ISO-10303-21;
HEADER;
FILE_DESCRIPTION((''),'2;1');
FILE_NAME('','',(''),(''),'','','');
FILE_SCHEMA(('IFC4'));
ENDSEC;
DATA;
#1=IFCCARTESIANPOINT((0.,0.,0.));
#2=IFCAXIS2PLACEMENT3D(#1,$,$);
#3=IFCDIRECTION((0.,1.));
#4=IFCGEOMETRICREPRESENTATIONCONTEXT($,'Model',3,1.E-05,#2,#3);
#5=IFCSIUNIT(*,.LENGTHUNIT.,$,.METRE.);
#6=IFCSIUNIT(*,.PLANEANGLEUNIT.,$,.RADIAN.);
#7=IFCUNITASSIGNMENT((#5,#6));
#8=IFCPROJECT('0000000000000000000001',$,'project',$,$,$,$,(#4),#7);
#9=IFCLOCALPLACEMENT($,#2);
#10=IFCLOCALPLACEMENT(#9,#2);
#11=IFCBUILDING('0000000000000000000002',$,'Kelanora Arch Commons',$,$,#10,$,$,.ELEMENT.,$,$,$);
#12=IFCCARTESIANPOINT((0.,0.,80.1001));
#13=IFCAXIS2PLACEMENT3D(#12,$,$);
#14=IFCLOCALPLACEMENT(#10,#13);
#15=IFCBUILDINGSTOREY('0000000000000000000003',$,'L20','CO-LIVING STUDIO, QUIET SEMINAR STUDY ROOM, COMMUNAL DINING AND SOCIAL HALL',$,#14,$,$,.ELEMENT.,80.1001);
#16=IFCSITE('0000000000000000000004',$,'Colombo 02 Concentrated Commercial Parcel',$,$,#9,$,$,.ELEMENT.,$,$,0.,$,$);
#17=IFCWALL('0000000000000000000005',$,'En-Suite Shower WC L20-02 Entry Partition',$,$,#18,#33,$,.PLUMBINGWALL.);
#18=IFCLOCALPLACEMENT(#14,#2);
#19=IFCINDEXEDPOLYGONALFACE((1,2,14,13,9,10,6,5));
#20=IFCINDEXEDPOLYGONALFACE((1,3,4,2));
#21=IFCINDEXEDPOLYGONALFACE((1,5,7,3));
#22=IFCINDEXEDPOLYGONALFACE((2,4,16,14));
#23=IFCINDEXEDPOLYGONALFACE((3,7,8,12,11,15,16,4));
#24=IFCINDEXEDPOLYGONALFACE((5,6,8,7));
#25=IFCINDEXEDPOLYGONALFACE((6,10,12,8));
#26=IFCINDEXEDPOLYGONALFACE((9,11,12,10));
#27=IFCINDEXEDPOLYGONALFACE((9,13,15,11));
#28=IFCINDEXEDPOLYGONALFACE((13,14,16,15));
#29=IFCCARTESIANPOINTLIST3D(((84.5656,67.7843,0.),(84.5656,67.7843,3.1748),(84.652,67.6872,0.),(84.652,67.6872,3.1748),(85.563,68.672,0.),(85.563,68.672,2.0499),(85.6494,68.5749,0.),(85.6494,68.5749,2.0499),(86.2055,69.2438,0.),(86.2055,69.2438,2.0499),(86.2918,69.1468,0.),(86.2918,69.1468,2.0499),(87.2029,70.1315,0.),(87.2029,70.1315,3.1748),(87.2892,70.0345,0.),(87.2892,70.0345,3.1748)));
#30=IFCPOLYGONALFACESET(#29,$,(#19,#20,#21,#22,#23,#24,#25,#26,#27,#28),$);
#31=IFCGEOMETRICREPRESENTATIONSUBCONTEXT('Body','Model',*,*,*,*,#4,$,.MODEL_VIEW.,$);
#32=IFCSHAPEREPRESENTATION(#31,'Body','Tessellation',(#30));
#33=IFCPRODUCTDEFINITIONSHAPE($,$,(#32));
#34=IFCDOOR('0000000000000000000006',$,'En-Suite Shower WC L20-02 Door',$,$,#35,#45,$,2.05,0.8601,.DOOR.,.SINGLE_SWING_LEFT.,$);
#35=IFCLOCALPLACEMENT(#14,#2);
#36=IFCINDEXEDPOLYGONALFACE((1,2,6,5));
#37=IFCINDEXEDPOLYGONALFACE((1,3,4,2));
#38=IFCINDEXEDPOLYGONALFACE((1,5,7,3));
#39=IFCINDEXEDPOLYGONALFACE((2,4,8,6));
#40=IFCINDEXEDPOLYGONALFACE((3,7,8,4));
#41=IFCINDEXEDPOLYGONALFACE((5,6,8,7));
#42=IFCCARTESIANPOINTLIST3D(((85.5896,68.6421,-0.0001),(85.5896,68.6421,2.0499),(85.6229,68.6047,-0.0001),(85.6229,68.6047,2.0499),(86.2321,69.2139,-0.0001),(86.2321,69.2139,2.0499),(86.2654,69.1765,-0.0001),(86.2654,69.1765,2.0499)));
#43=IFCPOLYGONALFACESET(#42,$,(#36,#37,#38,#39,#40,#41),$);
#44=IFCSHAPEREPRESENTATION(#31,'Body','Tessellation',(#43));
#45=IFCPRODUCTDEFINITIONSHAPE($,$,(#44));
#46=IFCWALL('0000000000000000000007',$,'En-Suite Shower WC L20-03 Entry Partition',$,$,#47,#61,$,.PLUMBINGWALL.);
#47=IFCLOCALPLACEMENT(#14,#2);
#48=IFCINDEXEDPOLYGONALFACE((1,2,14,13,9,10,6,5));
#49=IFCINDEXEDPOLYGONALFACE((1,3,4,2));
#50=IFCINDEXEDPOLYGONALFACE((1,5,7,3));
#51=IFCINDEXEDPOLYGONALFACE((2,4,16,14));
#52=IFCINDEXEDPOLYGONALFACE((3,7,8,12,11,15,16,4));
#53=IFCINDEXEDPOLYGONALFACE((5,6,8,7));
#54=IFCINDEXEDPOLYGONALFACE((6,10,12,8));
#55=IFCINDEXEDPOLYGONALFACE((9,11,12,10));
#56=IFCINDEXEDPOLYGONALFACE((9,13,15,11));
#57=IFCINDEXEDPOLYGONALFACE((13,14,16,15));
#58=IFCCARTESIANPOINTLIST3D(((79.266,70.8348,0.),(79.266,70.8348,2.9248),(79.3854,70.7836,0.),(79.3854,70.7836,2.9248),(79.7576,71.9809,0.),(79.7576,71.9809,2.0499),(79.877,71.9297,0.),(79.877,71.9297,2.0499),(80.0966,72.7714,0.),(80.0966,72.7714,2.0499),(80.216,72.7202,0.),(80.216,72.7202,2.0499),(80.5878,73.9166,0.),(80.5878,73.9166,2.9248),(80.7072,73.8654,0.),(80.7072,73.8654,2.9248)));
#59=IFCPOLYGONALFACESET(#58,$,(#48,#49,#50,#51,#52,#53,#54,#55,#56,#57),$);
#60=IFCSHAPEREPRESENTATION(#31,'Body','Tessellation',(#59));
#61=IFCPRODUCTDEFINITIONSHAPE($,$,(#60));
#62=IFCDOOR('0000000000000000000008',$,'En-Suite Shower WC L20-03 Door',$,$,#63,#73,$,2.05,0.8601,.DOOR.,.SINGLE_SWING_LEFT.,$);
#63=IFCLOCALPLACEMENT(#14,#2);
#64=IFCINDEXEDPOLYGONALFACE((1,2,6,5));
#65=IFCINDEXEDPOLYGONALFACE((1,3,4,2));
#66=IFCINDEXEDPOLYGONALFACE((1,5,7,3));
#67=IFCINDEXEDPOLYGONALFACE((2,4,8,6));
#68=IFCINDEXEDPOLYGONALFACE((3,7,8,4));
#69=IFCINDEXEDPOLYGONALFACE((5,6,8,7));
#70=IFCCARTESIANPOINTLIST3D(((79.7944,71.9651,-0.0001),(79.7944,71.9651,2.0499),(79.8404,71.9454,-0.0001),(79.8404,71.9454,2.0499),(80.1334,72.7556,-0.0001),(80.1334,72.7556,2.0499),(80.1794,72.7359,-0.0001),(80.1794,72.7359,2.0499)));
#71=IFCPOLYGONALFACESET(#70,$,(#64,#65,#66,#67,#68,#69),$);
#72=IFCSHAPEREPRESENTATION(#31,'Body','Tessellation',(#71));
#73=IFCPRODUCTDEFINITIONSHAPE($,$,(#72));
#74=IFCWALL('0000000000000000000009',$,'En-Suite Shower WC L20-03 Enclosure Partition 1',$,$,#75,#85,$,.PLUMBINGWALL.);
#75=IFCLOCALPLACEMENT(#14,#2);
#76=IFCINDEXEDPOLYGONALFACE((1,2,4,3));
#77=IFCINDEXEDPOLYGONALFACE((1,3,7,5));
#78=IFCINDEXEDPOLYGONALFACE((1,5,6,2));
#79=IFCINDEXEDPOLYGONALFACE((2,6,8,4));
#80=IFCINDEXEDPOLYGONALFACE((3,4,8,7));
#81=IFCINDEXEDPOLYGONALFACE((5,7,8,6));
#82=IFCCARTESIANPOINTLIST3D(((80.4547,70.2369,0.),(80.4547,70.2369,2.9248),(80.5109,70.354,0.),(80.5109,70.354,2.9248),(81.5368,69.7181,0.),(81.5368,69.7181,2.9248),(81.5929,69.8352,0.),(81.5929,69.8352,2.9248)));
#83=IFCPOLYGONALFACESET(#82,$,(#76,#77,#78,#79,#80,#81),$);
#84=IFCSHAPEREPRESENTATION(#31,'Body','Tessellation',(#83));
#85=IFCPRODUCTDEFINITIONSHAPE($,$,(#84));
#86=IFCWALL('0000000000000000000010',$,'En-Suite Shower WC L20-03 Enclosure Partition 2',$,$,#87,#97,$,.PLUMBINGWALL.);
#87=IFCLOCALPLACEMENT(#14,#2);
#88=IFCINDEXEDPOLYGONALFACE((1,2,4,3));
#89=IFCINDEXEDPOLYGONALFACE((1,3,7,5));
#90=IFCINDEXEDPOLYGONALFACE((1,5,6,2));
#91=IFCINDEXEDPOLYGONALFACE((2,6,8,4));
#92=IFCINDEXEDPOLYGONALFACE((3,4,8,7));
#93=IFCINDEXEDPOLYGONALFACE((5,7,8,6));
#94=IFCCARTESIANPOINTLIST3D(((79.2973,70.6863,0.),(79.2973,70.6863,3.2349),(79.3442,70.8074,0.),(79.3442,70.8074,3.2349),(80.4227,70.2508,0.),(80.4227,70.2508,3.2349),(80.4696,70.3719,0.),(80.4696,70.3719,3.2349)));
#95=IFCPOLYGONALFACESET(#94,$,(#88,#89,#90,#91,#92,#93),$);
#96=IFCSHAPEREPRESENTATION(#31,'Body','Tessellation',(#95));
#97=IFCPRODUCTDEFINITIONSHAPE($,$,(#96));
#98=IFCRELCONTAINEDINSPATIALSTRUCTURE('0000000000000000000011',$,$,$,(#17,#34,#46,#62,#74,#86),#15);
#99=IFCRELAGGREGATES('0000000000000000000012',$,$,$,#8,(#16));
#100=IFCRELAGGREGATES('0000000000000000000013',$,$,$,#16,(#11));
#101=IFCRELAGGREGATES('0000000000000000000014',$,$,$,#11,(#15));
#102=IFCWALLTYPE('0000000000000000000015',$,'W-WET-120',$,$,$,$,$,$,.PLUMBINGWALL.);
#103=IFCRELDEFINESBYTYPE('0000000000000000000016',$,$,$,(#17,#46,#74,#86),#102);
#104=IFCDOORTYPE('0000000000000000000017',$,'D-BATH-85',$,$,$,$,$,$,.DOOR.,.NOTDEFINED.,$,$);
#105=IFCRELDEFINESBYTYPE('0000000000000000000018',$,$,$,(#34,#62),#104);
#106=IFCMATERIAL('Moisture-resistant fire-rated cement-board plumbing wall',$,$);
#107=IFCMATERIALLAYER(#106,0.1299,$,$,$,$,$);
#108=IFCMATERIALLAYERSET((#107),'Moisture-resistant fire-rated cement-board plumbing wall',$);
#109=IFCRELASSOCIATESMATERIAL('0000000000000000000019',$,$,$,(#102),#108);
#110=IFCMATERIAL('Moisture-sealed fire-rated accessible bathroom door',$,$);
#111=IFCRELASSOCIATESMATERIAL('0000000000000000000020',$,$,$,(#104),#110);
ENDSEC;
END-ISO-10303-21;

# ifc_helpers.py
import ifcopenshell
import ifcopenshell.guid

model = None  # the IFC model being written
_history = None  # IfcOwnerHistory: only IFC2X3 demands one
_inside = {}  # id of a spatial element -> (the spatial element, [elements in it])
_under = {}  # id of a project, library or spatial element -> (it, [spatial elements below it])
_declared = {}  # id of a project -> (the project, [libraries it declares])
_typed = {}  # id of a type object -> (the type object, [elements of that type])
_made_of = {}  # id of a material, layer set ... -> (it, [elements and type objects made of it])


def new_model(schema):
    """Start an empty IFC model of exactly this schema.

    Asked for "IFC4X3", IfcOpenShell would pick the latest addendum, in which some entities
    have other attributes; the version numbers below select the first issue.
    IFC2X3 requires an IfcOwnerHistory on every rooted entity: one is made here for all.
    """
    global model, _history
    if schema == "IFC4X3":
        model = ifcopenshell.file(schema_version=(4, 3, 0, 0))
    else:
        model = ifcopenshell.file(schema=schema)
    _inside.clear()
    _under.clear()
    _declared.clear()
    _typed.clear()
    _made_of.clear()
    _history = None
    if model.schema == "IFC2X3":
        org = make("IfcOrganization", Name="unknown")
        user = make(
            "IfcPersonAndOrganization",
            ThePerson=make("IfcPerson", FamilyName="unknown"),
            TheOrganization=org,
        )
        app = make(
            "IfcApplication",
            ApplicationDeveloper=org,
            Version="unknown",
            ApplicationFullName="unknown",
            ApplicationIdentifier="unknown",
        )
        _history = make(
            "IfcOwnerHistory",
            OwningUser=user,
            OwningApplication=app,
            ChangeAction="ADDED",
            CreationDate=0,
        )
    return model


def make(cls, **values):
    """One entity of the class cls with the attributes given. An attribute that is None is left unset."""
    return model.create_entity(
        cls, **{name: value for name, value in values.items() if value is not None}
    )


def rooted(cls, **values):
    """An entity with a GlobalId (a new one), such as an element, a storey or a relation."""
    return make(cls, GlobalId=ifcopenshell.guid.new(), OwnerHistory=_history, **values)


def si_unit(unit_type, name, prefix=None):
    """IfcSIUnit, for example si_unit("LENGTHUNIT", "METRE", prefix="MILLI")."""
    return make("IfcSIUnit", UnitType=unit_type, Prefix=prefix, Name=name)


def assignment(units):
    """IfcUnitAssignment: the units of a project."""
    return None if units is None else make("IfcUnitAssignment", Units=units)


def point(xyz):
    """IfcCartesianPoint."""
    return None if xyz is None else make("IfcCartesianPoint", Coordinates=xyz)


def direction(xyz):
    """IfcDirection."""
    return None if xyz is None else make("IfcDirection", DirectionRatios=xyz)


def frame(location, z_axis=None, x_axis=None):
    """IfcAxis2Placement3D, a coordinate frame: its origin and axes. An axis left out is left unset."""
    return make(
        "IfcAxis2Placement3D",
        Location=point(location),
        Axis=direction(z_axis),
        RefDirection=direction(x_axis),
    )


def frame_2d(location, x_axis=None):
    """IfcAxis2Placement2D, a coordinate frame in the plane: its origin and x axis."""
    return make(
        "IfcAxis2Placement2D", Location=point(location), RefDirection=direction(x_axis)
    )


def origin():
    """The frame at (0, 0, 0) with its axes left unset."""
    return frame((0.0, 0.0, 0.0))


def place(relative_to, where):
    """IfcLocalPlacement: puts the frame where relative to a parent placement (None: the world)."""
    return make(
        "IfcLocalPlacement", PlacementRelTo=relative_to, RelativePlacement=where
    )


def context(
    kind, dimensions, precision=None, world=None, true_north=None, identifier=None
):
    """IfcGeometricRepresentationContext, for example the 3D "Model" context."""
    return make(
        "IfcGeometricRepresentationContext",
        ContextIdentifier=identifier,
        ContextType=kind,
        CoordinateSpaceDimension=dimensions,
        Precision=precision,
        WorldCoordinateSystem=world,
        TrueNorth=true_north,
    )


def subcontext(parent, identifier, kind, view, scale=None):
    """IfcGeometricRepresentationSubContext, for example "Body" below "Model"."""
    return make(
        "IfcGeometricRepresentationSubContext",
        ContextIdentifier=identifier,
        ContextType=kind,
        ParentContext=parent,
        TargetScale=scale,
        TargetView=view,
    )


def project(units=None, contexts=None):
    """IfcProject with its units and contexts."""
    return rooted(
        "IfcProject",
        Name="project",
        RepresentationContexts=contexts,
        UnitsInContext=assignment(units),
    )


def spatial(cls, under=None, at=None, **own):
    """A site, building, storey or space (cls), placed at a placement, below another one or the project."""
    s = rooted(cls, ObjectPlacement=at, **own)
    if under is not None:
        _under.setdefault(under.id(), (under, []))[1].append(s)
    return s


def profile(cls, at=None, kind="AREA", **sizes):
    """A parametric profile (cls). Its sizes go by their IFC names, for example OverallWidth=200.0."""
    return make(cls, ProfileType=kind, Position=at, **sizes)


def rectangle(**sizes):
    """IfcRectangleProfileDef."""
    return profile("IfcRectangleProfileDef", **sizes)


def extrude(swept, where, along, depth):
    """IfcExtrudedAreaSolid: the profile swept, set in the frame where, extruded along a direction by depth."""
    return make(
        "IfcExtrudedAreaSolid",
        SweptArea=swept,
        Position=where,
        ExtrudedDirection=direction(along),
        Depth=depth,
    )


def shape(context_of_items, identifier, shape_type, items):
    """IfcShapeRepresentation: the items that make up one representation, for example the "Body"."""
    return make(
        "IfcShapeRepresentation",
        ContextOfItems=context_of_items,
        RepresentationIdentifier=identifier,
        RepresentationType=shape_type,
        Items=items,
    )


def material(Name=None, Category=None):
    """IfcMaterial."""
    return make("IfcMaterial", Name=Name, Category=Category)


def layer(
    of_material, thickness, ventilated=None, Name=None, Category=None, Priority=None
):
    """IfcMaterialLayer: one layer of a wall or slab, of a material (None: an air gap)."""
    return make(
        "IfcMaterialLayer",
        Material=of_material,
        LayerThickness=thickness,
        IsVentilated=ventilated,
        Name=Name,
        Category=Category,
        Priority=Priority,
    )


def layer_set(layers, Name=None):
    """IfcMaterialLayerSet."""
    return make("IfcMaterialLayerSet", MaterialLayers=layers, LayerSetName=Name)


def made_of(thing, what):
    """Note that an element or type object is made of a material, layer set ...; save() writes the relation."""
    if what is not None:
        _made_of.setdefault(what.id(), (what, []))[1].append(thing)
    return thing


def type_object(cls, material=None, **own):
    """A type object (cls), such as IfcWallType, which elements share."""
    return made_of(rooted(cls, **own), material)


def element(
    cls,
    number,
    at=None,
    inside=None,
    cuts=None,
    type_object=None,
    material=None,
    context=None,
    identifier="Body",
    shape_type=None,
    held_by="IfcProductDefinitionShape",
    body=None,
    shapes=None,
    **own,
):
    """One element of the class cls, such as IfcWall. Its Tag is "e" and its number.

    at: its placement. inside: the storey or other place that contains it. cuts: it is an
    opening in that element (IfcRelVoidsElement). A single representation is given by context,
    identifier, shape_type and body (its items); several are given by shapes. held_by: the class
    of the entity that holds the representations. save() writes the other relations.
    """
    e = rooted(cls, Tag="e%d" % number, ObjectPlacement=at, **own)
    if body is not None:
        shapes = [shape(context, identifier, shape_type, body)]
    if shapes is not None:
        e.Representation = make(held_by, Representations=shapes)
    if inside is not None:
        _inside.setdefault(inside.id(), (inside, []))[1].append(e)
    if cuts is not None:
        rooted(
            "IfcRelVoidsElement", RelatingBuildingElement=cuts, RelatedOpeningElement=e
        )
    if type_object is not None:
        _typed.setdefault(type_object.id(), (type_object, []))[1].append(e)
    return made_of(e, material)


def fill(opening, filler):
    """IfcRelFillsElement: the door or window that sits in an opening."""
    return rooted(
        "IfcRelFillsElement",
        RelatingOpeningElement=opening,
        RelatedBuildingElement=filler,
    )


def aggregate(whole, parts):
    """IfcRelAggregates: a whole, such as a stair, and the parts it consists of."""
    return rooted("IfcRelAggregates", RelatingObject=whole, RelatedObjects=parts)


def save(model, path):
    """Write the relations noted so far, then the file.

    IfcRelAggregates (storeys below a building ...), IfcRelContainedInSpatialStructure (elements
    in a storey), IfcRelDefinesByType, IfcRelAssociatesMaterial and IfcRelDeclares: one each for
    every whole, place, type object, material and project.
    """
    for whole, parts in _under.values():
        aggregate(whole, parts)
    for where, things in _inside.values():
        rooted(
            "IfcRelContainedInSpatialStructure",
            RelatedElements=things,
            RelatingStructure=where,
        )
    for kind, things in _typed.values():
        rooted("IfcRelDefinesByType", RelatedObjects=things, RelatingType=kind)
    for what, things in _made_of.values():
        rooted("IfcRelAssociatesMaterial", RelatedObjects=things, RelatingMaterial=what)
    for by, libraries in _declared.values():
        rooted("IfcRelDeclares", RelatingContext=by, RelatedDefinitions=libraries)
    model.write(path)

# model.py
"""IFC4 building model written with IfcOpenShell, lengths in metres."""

from ifc_helpers import new_model, si_unit, direction, frame, frame_2d, origin, place, context, subcontext, project, spatial, rectangle, extrude, material, layer, layer_set, type_object, element, fill, save


model = new_model("IFC4")

# Units and contexts
model_context = context("Model", 3, precision=1e-05, world=origin(), true_north=direction((0.0, 1.0)))
body_context = subcontext(model_context, "Body", "Model", "MODEL_VIEW")
ifc_project = project(units=[si_unit("LENGTHUNIT", "METRE"), si_unit("PLANEANGLEUNIT", "RADIAN")], contexts=[model_context])

# Site, building, storey
site_placement = place(None, origin())
site = spatial("IfcSite", under=ifc_project, at=site_placement, Name="Colombo 02 Concentrated Commercial Parcel", CompositionType="ELEMENT", RefElevation=0.0)
building_placement = place(site_placement, origin())
building = spatial("IfcBuilding", under=site, at=building_placement, Name="Kelanora Arch Commons", CompositionType="ELEMENT")
storey_placement = place(building_placement, frame((0.0, 0.0, 80.1001)))
storey = spatial("IfcBuildingStorey", under=building, at=storey_placement, Name="L20", Description="CO-LIVING STUDIO, QUIET SEMINAR STUDY ROOM, COMMUNAL DINING AND SOCIAL HALL", CompositionType="ELEMENT", Elevation=80.1001)

# Walls, openings, doors
ifc_material_1 = material(Name="Moisture-resistant fire-rated cement-board plumbing wall")
ifc_layer_1 = layer(ifc_material_1, 0.1299)
ifc_layer_set_1 = layer_set([ifc_layer_1], Name="Moisture-resistant fire-rated cement-board plumbing wall")
wall_type_1 = type_object("IfcWallType", Name="W-WET-120", PredefinedType="PLUMBINGWALL", material=ifc_layer_set_1)
wall_1_placement = place(storey_placement, frame((84.6089, 67.7358, 0.0), z_axis=(0.0, 0.0, 1.0), x_axis=(0.746989, 0.664836, 0.0)))
wall_1 = element("IfcWall", 1, at=wall_1_placement, inside=storey, type_object=wall_type_1, Name="En-Suite Shower WC L20-02 Entry Partition", PredefinedType="PLUMBINGWALL", context=body_context, shape_type="SweptSolid", body=[
    extrude(rectangle(XDim=3.5305, YDim=0.1299, at=frame_2d((1.7651, 0.0))), origin(), (0.0, 0.0, 1.0), 3.1748),
])
opening_1_placement = place(wall_1_placement, frame((1.335, 0.0, 0.0)))
opening_1 = element("IfcOpeningElement", 2, at=opening_1_placement, cuts=wall_1, PredefinedType="OPENING", context=body_context, shape_type="SweptSolid", body=[
    extrude(rectangle(XDim=0.8601, YDim=2.05, at=frame_2d((0.4302, 1.0249))), frame((0.0, 0.075, 0.0), z_axis=(0.0, -1.0, 0.0), x_axis=(1.0, 0.0, 0.0)), (0.0, 0.0, 1.0), 0.1499),
])
ifc_material_2 = material(Name="Moisture-sealed fire-rated accessible bathroom door")
door_type_1 = type_object("IfcDoorType", Name="D-BATH-85", OperationType="NOTDEFINED", PredefinedType="DOOR", material=ifc_material_2)
door_1_placement = place(opening_1_placement, origin())
door_1 = element("IfcDoor", 3, at=door_1_placement, inside=storey, type_object=door_type_1, Name="En-Suite Shower WC L20-02 Door", OperationType="SINGLE_SWING_LEFT", OverallHeight=2.05, OverallWidth=0.8601, PredefinedType="DOOR", context=body_context, shape_type="SweptSolid", body=[
    extrude(rectangle(XDim=0.8601, YDim=2.05, at=frame_2d((0.4302, 1.0249))), frame((0.0, 0.0249, 0.0), z_axis=(0.0, -1.0, 0.0), x_axis=(1.0, 0.0, 0.0)), (0.0, 0.0, 1.0), 0.05),
])
fill(opening_1, door_1)
wall_2_placement = place(storey_placement, frame((79.3257, 70.8091, 0.0), z_axis=(0.0, 0.0, 1.0), x_axis=(0.394174, 0.919036, 0.0)))
wall_2 = element("IfcWall", 4, at=wall_2_placement, inside=storey, type_object=wall_type_1, Name="En-Suite Shower WC L20-03 Entry Partition", PredefinedType="PLUMBINGWALL", context=body_context, shape_type="SweptSolid", body=[
    extrude(rectangle(XDim=3.3533, YDim=0.1299, at=frame_2d((1.6768, 0.0))), origin(), (0.0, 0.0, 1.0), 2.9248),
])
opening_2_placement = place(wall_2_placement, frame((1.2471, 0.0, 0.0)))
opening_2 = element("IfcOpeningElement", 5, at=opening_2_placement, cuts=wall_2, PredefinedType="OPENING", context=body_context, shape_type="SweptSolid", body=[
    extrude(rectangle(XDim=0.8601, YDim=2.05, at=frame_2d((0.4302, 1.0249))), frame((0.0, 0.075, 0.0), z_axis=(0.0, -1.0, 0.0), x_axis=(1.0, 0.0, 0.0)), (0.0, 0.0, 1.0), 0.1499),
])
door_2_placement = place(opening_2_placement, origin())
door_2 = element("IfcDoor", 6, at=door_2_placement, inside=storey, type_object=door_type_1, Name="En-Suite Shower WC L20-03 Door", OperationType="SINGLE_SWING_LEFT", OverallHeight=2.05, OverallWidth=0.8601, PredefinedType="DOOR", context=body_context, shape_type="SweptSolid", body=[
    extrude(rectangle(XDim=0.8601, YDim=2.05, at=frame_2d((0.4302, 1.0249))), frame((0.0, 0.0249, 0.0), z_axis=(0.0, -1.0, 0.0), x_axis=(1.0, 0.0, 0.0)), (0.0, 0.0, 1.0), 0.05),
])
fill(opening_2, door_2)

# Walls
wall_3_placement = place(storey_placement, frame((81.5649, 69.7766, 0.0), z_axis=(0.0, 0.0, 1.0), x_axis=(-0.90171, 0.432341, 0.0)))
element("IfcWall", 7, at=wall_3_placement, inside=storey, type_object=wall_type_1, Name="En-Suite Shower WC L20-03 Enclosure Partition 1", PredefinedType="PLUMBINGWALL", context=body_context, shape_type="SweptSolid", body=[
    extrude(rectangle(XDim=1.2, YDim=0.1299, at=frame_2d((0.6001, 0.0))), origin(), (0.0, 0.0, 1.0), 2.9248),
])
wall_4_placement = place(storey_placement, frame((80.4463, 70.3113, 0.0), z_axis=(0.0, 0.0, 1.0), x_axis=(-0.932603, 0.360903, 0.0)))
element("IfcWall", 8, at=wall_4_placement, inside=storey, type_object=wall_type_1, Name="En-Suite Shower WC L20-03 Enclosure Partition 2", PredefinedType="PLUMBINGWALL", context=body_context, shape_type="SweptSolid", body=[
    extrude(rectangle(XDim=1.2068, YDim=0.1299, at=frame_2d((0.6035, 0.0))), origin(), (0.0, 0.0, 1.0), 3.2349),
])

save(model, "model.ifc")
